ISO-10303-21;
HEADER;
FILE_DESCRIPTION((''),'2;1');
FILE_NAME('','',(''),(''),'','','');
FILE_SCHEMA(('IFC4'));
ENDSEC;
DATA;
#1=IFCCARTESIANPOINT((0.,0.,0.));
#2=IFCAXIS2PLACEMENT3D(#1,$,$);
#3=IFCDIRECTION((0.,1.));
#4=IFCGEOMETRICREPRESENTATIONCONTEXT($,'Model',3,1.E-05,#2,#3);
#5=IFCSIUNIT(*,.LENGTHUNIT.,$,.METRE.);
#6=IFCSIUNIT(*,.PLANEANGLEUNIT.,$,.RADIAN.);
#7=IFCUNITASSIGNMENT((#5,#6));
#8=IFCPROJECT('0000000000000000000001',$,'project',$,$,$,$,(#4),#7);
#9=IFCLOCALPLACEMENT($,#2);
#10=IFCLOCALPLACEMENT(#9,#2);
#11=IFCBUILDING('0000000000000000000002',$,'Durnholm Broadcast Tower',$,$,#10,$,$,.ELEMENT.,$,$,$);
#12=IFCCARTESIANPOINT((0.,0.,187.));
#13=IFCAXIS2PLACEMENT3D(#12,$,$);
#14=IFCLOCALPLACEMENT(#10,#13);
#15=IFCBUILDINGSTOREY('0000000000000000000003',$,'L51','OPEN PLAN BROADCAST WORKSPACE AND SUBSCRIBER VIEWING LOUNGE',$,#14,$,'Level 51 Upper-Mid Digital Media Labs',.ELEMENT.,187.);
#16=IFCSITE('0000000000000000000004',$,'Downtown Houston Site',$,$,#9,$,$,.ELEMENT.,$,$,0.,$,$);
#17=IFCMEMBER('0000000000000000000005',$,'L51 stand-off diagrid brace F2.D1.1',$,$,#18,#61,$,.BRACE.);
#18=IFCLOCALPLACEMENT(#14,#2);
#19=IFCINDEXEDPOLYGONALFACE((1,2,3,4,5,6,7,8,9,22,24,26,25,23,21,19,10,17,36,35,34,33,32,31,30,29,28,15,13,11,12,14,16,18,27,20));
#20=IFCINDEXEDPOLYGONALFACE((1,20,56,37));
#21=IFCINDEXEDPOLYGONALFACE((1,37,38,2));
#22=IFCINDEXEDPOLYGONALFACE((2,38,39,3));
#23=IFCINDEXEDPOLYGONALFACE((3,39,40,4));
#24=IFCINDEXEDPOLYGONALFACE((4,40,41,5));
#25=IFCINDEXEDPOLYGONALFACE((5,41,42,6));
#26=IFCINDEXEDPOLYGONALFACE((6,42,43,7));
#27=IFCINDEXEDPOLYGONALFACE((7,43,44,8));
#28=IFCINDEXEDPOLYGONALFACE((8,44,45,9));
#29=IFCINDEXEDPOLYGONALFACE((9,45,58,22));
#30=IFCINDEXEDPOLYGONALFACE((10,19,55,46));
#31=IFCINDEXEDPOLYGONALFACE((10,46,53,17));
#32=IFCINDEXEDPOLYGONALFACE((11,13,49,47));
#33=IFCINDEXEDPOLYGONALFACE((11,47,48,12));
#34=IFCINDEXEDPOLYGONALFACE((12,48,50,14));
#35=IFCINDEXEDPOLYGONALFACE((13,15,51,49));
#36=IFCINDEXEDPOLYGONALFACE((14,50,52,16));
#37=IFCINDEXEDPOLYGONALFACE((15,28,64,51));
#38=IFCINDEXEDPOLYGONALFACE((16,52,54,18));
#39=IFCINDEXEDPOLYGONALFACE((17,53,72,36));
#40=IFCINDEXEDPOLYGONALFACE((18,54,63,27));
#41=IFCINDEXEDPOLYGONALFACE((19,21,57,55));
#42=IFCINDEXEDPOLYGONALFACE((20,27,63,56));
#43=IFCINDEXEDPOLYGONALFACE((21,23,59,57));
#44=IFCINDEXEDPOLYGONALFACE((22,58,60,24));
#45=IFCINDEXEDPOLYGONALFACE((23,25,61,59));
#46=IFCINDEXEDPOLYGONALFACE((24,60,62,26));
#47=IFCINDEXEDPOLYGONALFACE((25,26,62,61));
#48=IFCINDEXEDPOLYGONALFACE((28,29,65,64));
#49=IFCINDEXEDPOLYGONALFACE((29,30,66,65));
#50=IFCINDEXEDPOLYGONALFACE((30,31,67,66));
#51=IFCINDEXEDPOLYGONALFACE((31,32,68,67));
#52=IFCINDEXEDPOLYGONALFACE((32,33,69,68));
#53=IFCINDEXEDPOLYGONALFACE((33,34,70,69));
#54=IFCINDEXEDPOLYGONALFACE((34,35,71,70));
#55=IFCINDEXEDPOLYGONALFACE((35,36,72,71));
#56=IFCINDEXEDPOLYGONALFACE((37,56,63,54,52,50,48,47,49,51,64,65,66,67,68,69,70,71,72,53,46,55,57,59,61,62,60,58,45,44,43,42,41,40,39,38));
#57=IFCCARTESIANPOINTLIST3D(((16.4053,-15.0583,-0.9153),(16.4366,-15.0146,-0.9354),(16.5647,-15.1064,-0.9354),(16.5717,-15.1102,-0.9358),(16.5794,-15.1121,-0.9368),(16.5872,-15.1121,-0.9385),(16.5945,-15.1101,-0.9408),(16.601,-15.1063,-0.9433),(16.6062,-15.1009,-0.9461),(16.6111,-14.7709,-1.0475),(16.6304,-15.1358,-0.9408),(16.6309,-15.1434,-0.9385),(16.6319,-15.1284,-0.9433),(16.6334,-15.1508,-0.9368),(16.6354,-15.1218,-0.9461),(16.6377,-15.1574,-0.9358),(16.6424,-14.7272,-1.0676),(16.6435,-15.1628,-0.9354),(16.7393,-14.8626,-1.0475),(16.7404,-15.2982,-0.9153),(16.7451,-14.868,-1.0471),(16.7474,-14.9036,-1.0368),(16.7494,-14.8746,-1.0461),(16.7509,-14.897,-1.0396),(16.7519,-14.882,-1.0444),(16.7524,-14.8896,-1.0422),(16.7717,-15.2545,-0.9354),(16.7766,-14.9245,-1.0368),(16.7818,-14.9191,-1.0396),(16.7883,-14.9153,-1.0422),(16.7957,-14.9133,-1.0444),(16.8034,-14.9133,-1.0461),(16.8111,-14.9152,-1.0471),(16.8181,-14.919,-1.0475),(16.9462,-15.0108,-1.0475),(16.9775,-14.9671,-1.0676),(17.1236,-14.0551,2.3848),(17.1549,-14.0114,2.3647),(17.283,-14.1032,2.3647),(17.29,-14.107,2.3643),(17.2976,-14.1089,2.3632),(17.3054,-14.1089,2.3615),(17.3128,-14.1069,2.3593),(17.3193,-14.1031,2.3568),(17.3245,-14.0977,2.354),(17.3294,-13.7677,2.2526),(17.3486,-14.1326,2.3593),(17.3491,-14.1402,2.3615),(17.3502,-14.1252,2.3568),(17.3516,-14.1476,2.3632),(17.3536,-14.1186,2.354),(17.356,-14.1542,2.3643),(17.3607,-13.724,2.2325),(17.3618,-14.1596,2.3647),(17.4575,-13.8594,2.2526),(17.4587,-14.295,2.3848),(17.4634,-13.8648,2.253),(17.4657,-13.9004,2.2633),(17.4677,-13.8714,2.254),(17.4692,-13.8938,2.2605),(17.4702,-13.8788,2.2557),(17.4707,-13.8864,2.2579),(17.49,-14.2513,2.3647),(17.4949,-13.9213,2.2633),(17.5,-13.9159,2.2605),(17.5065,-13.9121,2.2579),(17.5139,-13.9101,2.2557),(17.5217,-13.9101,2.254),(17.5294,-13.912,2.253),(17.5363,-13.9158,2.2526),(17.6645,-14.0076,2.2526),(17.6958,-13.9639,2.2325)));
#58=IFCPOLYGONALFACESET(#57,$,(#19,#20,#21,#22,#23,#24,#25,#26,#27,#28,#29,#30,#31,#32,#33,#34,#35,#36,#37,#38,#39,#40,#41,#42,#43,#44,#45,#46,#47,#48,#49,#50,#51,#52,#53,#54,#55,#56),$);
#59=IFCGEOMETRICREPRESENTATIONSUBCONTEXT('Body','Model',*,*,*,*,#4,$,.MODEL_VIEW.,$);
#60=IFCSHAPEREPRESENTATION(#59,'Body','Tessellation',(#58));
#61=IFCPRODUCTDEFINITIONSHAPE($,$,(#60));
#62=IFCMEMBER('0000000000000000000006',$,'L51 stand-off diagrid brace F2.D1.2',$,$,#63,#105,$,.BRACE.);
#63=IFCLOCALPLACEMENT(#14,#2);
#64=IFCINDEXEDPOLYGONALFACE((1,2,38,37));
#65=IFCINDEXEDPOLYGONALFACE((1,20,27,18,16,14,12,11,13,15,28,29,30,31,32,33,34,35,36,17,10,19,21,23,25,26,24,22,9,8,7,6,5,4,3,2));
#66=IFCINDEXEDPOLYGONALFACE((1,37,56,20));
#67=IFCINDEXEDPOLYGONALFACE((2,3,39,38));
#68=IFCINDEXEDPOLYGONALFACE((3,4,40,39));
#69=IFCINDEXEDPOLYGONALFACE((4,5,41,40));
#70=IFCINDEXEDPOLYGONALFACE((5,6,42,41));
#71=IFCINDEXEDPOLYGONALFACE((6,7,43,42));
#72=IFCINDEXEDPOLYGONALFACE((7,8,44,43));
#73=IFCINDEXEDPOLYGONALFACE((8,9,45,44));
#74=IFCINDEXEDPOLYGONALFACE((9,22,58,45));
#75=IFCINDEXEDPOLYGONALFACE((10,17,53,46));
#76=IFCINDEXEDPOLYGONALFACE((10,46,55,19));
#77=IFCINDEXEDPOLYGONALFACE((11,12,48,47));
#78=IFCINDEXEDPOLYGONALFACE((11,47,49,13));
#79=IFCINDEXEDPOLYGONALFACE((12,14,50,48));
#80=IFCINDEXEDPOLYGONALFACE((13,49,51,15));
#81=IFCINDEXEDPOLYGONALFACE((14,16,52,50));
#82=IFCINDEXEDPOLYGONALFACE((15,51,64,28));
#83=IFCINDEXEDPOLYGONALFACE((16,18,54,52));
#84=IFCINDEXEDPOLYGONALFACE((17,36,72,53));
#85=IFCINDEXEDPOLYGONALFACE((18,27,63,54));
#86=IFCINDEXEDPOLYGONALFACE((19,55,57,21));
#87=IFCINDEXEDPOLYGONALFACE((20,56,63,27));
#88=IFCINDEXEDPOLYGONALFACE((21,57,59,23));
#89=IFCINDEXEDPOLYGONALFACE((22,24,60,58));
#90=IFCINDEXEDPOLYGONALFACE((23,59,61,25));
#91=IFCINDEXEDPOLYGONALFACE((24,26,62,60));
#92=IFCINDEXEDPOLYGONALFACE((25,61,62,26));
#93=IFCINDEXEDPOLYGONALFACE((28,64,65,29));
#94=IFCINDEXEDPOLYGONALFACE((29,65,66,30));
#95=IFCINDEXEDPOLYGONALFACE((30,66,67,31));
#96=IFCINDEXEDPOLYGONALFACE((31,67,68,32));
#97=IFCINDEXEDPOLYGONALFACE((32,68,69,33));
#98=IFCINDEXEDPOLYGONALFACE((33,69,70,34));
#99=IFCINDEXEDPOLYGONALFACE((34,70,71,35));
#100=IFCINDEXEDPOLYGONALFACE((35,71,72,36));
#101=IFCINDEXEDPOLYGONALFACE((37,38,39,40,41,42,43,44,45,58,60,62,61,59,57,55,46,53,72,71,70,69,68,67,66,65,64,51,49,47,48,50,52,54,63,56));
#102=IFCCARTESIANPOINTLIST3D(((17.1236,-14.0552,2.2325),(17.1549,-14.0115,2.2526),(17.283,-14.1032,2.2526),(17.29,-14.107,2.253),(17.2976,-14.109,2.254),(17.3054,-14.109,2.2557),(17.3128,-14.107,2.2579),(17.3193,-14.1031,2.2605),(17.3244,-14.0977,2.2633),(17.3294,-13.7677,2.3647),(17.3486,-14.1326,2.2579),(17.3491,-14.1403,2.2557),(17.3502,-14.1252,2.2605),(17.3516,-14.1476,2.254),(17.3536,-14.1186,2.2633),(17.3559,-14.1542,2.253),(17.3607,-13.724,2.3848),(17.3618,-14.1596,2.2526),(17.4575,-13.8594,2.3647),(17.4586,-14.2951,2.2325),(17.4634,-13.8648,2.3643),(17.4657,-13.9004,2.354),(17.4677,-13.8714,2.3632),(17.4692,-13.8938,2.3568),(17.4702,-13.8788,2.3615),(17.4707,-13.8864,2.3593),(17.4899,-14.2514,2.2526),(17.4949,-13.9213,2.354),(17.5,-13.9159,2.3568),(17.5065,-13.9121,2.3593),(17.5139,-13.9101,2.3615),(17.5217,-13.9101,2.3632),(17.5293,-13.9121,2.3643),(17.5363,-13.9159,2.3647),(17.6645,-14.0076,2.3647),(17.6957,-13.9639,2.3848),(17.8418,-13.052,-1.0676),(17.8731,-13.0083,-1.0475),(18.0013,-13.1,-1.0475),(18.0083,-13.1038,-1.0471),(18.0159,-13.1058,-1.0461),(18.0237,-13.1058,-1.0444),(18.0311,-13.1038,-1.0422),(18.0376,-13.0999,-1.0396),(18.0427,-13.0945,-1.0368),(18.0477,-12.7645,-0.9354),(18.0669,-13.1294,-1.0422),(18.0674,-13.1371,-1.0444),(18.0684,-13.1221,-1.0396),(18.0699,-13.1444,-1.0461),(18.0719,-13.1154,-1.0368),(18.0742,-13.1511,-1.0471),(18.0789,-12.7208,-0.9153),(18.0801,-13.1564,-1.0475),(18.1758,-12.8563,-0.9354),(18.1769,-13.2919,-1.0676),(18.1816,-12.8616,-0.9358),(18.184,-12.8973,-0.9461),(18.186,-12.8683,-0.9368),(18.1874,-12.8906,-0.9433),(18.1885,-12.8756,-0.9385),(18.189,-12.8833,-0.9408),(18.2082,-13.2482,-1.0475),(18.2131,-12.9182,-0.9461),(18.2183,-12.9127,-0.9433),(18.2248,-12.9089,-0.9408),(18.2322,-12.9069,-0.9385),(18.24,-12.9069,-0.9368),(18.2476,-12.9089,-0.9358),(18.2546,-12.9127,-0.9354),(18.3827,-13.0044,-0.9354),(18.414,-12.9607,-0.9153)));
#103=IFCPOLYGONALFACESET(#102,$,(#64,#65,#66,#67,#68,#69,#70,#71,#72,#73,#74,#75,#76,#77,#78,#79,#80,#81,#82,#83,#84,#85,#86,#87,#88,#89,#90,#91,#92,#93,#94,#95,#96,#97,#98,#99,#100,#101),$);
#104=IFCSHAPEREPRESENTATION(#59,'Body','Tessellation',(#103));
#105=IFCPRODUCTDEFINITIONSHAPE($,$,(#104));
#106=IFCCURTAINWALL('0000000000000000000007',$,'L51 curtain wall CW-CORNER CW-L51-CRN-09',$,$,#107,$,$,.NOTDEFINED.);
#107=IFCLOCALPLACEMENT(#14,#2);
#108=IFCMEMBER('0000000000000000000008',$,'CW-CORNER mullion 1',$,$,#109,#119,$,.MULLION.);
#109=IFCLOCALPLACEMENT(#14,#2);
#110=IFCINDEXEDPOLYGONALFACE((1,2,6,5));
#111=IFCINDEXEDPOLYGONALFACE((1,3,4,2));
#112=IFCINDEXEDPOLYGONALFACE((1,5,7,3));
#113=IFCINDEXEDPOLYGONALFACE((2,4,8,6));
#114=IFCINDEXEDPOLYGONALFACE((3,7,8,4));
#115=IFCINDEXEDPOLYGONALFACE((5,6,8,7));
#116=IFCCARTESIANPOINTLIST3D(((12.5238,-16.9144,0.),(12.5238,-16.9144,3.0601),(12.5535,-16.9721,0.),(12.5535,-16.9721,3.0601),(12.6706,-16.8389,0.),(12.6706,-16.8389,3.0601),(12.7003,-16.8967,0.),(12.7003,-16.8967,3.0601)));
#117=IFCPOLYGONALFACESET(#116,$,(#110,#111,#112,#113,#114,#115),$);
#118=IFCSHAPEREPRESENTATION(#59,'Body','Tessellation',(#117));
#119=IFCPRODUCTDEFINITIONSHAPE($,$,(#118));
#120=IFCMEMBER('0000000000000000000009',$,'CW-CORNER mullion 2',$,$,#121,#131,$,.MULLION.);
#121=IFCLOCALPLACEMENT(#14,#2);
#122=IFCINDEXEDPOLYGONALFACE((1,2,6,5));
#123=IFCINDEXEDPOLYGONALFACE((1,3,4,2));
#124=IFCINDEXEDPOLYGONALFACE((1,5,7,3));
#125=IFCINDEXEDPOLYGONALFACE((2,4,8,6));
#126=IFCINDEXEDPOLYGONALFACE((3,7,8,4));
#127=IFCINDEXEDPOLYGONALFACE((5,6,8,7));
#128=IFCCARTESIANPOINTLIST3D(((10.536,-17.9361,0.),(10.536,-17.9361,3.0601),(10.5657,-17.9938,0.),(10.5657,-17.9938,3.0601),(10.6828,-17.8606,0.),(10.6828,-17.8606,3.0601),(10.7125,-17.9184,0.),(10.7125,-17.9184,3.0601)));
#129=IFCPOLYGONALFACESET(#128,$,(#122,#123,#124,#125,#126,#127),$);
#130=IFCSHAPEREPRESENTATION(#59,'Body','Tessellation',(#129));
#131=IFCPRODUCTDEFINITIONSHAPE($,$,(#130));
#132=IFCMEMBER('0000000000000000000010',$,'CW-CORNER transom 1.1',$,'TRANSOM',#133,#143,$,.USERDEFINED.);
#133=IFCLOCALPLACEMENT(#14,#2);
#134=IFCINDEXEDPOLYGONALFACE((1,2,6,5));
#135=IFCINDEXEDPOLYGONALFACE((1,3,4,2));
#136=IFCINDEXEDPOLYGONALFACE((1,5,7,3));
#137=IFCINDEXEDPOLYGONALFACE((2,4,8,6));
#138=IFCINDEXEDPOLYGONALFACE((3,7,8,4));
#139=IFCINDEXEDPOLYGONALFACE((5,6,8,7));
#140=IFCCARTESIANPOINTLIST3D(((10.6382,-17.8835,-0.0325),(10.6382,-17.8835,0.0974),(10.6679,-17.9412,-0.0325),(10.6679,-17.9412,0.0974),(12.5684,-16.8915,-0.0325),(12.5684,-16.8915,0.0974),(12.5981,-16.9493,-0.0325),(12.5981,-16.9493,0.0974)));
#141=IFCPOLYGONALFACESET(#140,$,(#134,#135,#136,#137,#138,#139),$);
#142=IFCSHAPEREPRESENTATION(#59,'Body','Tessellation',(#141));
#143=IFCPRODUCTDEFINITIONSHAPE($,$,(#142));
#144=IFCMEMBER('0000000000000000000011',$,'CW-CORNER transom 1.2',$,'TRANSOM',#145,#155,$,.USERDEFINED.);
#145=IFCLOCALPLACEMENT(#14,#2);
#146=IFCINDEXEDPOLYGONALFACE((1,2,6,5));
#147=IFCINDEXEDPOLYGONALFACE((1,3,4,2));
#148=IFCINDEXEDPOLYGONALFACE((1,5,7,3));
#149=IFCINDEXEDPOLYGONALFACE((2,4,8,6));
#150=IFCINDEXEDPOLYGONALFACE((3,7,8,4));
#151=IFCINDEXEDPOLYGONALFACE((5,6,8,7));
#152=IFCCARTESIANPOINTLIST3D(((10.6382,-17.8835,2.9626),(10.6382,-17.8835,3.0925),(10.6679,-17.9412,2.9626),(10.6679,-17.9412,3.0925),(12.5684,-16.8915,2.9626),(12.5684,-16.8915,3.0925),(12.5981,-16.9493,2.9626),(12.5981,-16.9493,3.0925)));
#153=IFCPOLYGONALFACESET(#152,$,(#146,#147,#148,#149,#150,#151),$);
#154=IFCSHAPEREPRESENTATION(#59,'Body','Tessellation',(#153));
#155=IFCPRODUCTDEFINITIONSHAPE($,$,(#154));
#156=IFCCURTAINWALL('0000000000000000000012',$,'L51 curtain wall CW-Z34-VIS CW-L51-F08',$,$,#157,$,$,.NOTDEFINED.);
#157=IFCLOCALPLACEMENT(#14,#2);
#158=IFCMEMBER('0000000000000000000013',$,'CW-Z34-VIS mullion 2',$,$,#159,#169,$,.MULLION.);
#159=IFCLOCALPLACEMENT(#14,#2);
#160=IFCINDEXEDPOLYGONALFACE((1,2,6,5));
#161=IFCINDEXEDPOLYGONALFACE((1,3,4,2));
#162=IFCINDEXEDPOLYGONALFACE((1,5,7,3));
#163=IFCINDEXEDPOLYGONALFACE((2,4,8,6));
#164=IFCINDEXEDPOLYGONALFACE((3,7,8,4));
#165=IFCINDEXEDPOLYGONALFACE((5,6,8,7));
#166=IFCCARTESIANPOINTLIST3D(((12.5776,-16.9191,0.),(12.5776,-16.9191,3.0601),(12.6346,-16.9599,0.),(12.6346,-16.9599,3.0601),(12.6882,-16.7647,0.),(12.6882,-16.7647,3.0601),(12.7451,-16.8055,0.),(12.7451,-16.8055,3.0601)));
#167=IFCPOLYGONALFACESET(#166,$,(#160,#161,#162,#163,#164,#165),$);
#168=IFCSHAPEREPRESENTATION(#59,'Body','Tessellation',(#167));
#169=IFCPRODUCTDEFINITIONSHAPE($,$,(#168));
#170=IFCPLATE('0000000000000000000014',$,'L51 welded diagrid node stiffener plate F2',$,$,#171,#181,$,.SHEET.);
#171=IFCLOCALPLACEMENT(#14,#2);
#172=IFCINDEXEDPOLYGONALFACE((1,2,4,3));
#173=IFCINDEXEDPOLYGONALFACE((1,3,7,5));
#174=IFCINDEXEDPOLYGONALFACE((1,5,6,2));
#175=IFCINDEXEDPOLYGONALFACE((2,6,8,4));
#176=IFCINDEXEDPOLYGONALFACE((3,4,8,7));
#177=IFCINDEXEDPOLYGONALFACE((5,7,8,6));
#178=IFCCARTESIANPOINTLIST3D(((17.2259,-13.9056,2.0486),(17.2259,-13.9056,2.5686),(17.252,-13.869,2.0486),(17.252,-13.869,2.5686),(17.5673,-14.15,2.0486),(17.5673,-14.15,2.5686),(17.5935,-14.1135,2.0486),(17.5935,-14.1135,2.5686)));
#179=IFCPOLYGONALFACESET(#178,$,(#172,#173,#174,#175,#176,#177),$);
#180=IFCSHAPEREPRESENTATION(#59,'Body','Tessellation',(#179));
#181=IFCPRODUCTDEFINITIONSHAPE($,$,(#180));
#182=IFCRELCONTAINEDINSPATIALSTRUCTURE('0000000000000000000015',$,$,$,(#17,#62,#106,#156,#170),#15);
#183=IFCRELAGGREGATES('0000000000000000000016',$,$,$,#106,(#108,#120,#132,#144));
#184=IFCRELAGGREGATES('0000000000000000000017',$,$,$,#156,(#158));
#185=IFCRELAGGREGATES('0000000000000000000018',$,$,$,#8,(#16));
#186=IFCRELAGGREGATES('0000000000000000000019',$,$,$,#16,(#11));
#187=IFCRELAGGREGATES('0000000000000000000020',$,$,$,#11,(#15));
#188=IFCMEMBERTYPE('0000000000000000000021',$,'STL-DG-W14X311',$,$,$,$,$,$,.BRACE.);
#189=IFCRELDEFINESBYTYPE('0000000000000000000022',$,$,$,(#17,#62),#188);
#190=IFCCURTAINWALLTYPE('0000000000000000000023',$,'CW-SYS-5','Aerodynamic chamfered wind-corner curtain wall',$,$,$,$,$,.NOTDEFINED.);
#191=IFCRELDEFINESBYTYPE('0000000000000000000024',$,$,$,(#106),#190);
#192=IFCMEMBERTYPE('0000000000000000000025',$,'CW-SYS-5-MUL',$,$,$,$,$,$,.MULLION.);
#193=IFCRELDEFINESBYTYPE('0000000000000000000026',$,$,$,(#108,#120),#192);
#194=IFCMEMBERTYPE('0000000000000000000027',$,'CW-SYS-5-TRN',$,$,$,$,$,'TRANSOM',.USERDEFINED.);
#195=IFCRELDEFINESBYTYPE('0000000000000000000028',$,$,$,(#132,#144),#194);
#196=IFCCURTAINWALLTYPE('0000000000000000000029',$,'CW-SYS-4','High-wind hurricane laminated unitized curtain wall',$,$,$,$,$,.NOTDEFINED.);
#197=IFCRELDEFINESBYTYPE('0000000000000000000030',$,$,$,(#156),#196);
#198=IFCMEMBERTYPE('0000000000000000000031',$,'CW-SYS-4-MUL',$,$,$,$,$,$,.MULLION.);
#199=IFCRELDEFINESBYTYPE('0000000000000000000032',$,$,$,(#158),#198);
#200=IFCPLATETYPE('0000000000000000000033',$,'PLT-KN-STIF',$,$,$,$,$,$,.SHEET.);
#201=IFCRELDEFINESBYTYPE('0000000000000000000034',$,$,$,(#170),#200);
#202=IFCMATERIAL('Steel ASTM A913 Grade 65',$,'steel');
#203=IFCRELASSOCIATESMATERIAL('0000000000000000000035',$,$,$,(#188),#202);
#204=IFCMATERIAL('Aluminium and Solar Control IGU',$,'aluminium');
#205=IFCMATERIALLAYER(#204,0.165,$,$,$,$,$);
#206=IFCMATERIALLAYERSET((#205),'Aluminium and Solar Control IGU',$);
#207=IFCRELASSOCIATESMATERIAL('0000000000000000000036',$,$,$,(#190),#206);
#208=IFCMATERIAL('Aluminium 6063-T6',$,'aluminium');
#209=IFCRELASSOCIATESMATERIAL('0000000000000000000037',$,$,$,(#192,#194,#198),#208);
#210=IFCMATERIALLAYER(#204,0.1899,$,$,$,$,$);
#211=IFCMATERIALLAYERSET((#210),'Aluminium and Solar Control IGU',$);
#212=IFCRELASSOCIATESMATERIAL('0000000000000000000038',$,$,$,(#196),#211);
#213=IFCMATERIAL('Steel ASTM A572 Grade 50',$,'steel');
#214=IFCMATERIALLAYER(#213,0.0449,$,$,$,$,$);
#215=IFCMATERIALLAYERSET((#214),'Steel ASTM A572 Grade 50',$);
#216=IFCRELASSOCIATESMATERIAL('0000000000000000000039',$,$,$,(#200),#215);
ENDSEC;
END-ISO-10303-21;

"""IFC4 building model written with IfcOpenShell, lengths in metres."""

from ifc_helpers import new_model, si_unit, direction, frame, origin, origin_2d, place, context, subcontext, project, spatial, rectangle, i_section, extrude, source, transform, mapped, material, layer, layer_set, material_profile, profile_set, type_object, type_shapes, element, aggregate, save


model = new_model("IFC4")

# Units and contexts
model_context = context("Model", 3, precision=1e-05, world=origin(), true_north=direction((0.0, 1.0)))
body_context = subcontext(model_context, "Body", "Model", "MODEL_VIEW")
ifc_project = project(units=[si_unit("LENGTHUNIT", "METRE"), si_unit("PLANEANGLEUNIT", "RADIAN")], contexts=[model_context])

# Site, building, storey
site_placement = place(None, origin())
site = spatial("IfcSite", under=ifc_project, at=site_placement, Name="Downtown Houston Site", CompositionType="ELEMENT", RefElevation=0.0)
building_placement = place(site_placement, origin())
building = spatial("IfcBuilding", under=site, at=building_placement, Name="Durnholm Broadcast Tower", CompositionType="ELEMENT")
storey_placement = place(building_placement, frame((0.0, 0.0, 187.0)))
storey = spatial("IfcBuildingStorey", under=building, at=storey_placement, Name="L51", Description="OPEN PLAN BROADCAST WORKSPACE AND SUBSCRIBER VIEWING LOUNGE", LongName="Level 51 Upper-Mid Digital Media Labs", CompositionType="ELEMENT", Elevation=187.0)

# Members
ifc_material_1 = material(Name="Steel ASTM A913 Grade 65", Category="steel")
ifc_material_profile_1 = material_profile(ifc_material_1, i_section(OverallWidth=0.4121, OverallDepth=0.4348, WebThickness=0.0359, FlangeThickness=0.0574, FilletRadius=0.0305, at=origin_2d()), Name="W14X311")
ifc_profile_set_1 = profile_set([ifc_material_profile_1], Name="Steel ASTM A913 Grade 65")
member_type_1 = type_object("IfcMemberType", Name="STL-DG-W14X311", PredefinedType="BRACE", material=ifc_profile_set_1)
shared_shape_1 = source(origin(), body_context, "Body", "SweptSolid", [
    extrude(i_section(OverallWidth=0.4121, OverallDepth=0.4348, WebThickness=0.0359, FlangeThickness=0.0574, FilletRadius=0.0305, at=origin_2d()), origin(), (0.0, 0.0, 1.0), 3.5232),
])
type_shapes(member_type_1, [shared_shape_1])
for number, where, z_axis, x_axis, name in (
    (1, (16.6914, -15.0127, -0.9915), (0.203869, 0.284738, 0.936676), (-0.813078, 0.582155, 0.0), "L51 stand-off diagrid brace F2.D1.1"),
    (2, (18.1279, -13.0063, -0.9915), (-0.203869, -0.284738, 0.936676), (0.813078, -0.582155, 0.0), "L51 stand-off diagrid brace F2.D1.2"),
):
    element("IfcMember", number, at=place(storey_placement, frame(where, z_axis=z_axis, x_axis=x_axis)), inside=storey, type_object=member_type_1, Name=name, PredefinedType="BRACE", context=body_context, shape_type="MappedRepresentation", body=[
        mapped(shared_shape_1, transform((0.0, 0.0, 0.0), x_axis=(1.0, 0.0, 0.0), y_axis=(0.0, 1.0, 0.0), z_axis=(0.0, 0.0, 1.0), scale=1.0)),
    ])

# Curtain wall, members
ifc_material_2 = material(Name="Aluminium and Solar Control IGU", Category="aluminium")
ifc_layer_1 = layer(ifc_material_2, 0.165)
ifc_layer_set_1 = layer_set([ifc_layer_1], Name="Aluminium and Solar Control IGU")
curtain_wall_type_1 = type_object("IfcCurtainWallType", Name="CW-SYS-5", Description="Aerodynamic chamfered wind-corner curtain wall", PredefinedType="NOTDEFINED", material=ifc_layer_set_1)
curtain_wall_1_placement = place(storey_placement, origin())
curtain_wall_1 = element("IfcCurtainWall", 3, at=curtain_wall_1_placement, inside=storey, type_object=curtain_wall_type_1, Name="L51 curtain wall CW-CORNER CW-L51-CRN-09", PredefinedType="NOTDEFINED")
ifc_material_3 = material(Name="Aluminium 6063-T6", Category="aluminium")
ifc_material_profile_2 = material_profile(ifc_material_3, rectangle(XDim=0.0649, YDim=0.165, at=origin_2d()), Name="CWM65X165")
ifc_profile_set_2 = profile_set([ifc_material_profile_2], Name="Aluminium 6063-T6")
member_type_2 = type_object("IfcMemberType", Name="CW-SYS-5-MUL", PredefinedType="MULLION", material=ifc_profile_set_2)
shared_shape_2 = source(origin(), body_context, "Body", "SweptSolid", [
    extrude(rectangle(XDim=0.0649, YDim=0.165, at=origin_2d()), origin(), (0.0, 0.0, 1.0), 3.0601),
])
type_shapes(member_type_2, [shared_shape_2])
member_1_placement = place(storey_placement, frame((12.6121, -16.9055, 0.0), z_axis=(0.0, 0.0, 1.0), x_axis=(0.457082, -0.889425, 0.0)))
member_1 = element("IfcMember", 4, at=member_1_placement, type_object=member_type_2, Name="CW-CORNER mullion 1", PredefinedType="MULLION", context=body_context, shape_type="MappedRepresentation", body=[
    mapped(shared_shape_2, transform((0.0, 0.0, 0.0), x_axis=(1.0, 0.0, 0.0), y_axis=(0.0, 1.0, 0.0), z_axis=(0.0, 0.0, 1.0), scale=1.0)),
])
member_2_placement = place(storey_placement, frame((10.6243, -17.9272, 0.0), z_axis=(0.0, 0.0, 1.0), x_axis=(0.457082, -0.889425, 0.0)))
member_2 = element("IfcMember", 5, at=member_2_placement, type_object=member_type_2, Name="CW-CORNER mullion 2", PredefinedType="MULLION", context=body_context, shape_type="MappedRepresentation", body=[
    mapped(shared_shape_2, transform((0.0, 0.0, 0.0), x_axis=(1.0, 0.0, 0.0), y_axis=(0.0, 1.0, 0.0), z_axis=(0.0, 0.0, 1.0), scale=1.0)),
])
ifc_material_profile_3 = material_profile(ifc_material_3, rectangle(XDim=0.0649, YDim=0.1299, at=origin_2d()), Name="CWT65X130")
ifc_profile_set_3 = profile_set([ifc_material_profile_3], Name="Aluminium 6063-T6")
member_type_3 = type_object("IfcMemberType", Name="CW-SYS-5-TRN", ElementType="TRANSOM", PredefinedType="USERDEFINED", material=ifc_profile_set_3)
shared_shape_3 = source(origin(), body_context, "Body", "SweptSolid", [
    extrude(rectangle(XDim=0.0649, YDim=0.1299, at=origin_2d()), origin(), (0.0, 0.0, 1.0), 2.1702),
])
type_shapes(member_type_3, [shared_shape_3])
member_3_placement = place(storey_placement, frame((12.5833, -16.9204, 0.0325), z_axis=(-0.889422, -0.457086, 0.0), x_axis=(0.457086, -0.889422, 0.0)))
member_3 = element("IfcMember", 6, at=member_3_placement, type_object=member_type_3, Name="CW-CORNER transom 1.1", ObjectType="TRANSOM", PredefinedType="USERDEFINED", context=body_context, shape_type="MappedRepresentation", body=[
    mapped(shared_shape_3, transform((0.0, 0.0, 0.0), x_axis=(1.0, 0.0, 0.0), y_axis=(0.0, 1.0, 0.0), z_axis=(0.0, 0.0, 1.0), scale=1.0)),
])
member_4_placement = place(storey_placement, frame((12.5833, -16.9204, 3.0276), z_axis=(-0.889422, -0.457086, 0.0), x_axis=(0.457086, -0.889422, 0.0)))
member_4 = element("IfcMember", 7, at=member_4_placement, type_object=member_type_3, Name="CW-CORNER transom 1.2", ObjectType="TRANSOM", PredefinedType="USERDEFINED", context=body_context, shape_type="MappedRepresentation", body=[
    mapped(shared_shape_3, transform((0.0, 0.0, 0.0), x_axis=(1.0, 0.0, 0.0), y_axis=(0.0, 1.0, 0.0), z_axis=(0.0, 0.0, 1.0), scale=1.0)),
])

# Curtain wall, member
ifc_layer_2 = layer(ifc_material_2, 0.1899)
ifc_layer_set_2 = layer_set([ifc_layer_2], Name="Aluminium and Solar Control IGU")
curtain_wall_type_2 = type_object("IfcCurtainWallType", Name="CW-SYS-4", Description="High-wind hurricane laminated unitized curtain wall", PredefinedType="NOTDEFINED", material=ifc_layer_set_2)
curtain_wall_2_placement = place(storey_placement, origin())
curtain_wall_2 = element("IfcCurtainWall", 8, at=curtain_wall_2_placement, inside=storey, type_object=curtain_wall_type_2, Name="L51 curtain wall CW-Z34-VIS CW-L51-F08", PredefinedType="NOTDEFINED")
ifc_material_profile_4 = material_profile(ifc_material_3, rectangle(XDim=0.0701, YDim=0.1899, at=origin_2d()), Name="CWM70X190")
ifc_profile_set_4 = profile_set([ifc_material_profile_4], Name="Aluminium 6063-T6")
member_type_4 = type_object("IfcMemberType", Name="CW-SYS-4-MUL", PredefinedType="MULLION", material=ifc_profile_set_4)
shared_shape_4 = source(origin(), body_context, "Body", "SweptSolid", [
    extrude(rectangle(XDim=0.0701, YDim=0.1899, at=origin_2d()), origin(), (0.0, 0.0, 1.0), 3.0601),
])
type_shapes(member_type_4, [shared_shape_4])
member_5_placement = place(storey_placement, frame((12.6614, -16.8623, 0.0), z_axis=(0.0, 0.0, 1.0), x_axis=(0.813089, -0.582139, 0.0)))
member_5 = element("IfcMember", 9, at=member_5_placement, type_object=member_type_4, Name="CW-Z34-VIS mullion 2", PredefinedType="MULLION", context=body_context, shape_type="MappedRepresentation", body=[
    mapped(shared_shape_4, transform((0.0, 0.0, 0.0), x_axis=(1.0, 0.0, 0.0), y_axis=(0.0, 1.0, 0.0), z_axis=(0.0, 0.0, 1.0), scale=1.0)),
])

# Plate
ifc_material_4 = material(Name="Steel ASTM A572 Grade 50", Category="steel")
ifc_layer_3 = layer(ifc_material_4, 0.0449)
ifc_layer_set_3 = layer_set([ifc_layer_3], Name="Steel ASTM A572 Grade 50")
plate_type_1 = type_object("IfcPlateType", Name="PLT-KN-STIF", PredefinedType="SHEET", material=ifc_layer_set_3)
shared_shape_5 = source(origin(), body_context, "Body", "SweptSolid", [
    extrude(rectangle(XDim=0.0449, YDim=0.4199, at=origin_2d()), origin(), (0.0, 0.0, 1.0), 0.52),
])
type_shapes(plate_type_1, [shared_shape_5])
plate_1_placement = place(storey_placement, frame((17.4097, -14.0095, 2.0486), z_axis=(0.0, 0.0, 1.0), x_axis=(0.582123, 0.813101, 0.0)))
element("IfcPlate", 10, at=plate_1_placement, inside=storey, type_object=plate_type_1, Name="L51 welded diagrid node stiffener plate F2", PredefinedType="SHEET", context=body_context, shape_type="MappedRepresentation", body=[
    mapped(shared_shape_5, transform((0.0, 0.0, 0.0), x_axis=(1.0, 0.0, 0.0), y_axis=(0.0, 1.0, 0.0), z_axis=(0.0, 0.0, 1.0), scale=1.0)),
])

aggregate(curtain_wall_1, [member_1, member_2, member_3, member_4])
aggregate(curtain_wall_2, [member_5])

save(model, "model.ifc")
